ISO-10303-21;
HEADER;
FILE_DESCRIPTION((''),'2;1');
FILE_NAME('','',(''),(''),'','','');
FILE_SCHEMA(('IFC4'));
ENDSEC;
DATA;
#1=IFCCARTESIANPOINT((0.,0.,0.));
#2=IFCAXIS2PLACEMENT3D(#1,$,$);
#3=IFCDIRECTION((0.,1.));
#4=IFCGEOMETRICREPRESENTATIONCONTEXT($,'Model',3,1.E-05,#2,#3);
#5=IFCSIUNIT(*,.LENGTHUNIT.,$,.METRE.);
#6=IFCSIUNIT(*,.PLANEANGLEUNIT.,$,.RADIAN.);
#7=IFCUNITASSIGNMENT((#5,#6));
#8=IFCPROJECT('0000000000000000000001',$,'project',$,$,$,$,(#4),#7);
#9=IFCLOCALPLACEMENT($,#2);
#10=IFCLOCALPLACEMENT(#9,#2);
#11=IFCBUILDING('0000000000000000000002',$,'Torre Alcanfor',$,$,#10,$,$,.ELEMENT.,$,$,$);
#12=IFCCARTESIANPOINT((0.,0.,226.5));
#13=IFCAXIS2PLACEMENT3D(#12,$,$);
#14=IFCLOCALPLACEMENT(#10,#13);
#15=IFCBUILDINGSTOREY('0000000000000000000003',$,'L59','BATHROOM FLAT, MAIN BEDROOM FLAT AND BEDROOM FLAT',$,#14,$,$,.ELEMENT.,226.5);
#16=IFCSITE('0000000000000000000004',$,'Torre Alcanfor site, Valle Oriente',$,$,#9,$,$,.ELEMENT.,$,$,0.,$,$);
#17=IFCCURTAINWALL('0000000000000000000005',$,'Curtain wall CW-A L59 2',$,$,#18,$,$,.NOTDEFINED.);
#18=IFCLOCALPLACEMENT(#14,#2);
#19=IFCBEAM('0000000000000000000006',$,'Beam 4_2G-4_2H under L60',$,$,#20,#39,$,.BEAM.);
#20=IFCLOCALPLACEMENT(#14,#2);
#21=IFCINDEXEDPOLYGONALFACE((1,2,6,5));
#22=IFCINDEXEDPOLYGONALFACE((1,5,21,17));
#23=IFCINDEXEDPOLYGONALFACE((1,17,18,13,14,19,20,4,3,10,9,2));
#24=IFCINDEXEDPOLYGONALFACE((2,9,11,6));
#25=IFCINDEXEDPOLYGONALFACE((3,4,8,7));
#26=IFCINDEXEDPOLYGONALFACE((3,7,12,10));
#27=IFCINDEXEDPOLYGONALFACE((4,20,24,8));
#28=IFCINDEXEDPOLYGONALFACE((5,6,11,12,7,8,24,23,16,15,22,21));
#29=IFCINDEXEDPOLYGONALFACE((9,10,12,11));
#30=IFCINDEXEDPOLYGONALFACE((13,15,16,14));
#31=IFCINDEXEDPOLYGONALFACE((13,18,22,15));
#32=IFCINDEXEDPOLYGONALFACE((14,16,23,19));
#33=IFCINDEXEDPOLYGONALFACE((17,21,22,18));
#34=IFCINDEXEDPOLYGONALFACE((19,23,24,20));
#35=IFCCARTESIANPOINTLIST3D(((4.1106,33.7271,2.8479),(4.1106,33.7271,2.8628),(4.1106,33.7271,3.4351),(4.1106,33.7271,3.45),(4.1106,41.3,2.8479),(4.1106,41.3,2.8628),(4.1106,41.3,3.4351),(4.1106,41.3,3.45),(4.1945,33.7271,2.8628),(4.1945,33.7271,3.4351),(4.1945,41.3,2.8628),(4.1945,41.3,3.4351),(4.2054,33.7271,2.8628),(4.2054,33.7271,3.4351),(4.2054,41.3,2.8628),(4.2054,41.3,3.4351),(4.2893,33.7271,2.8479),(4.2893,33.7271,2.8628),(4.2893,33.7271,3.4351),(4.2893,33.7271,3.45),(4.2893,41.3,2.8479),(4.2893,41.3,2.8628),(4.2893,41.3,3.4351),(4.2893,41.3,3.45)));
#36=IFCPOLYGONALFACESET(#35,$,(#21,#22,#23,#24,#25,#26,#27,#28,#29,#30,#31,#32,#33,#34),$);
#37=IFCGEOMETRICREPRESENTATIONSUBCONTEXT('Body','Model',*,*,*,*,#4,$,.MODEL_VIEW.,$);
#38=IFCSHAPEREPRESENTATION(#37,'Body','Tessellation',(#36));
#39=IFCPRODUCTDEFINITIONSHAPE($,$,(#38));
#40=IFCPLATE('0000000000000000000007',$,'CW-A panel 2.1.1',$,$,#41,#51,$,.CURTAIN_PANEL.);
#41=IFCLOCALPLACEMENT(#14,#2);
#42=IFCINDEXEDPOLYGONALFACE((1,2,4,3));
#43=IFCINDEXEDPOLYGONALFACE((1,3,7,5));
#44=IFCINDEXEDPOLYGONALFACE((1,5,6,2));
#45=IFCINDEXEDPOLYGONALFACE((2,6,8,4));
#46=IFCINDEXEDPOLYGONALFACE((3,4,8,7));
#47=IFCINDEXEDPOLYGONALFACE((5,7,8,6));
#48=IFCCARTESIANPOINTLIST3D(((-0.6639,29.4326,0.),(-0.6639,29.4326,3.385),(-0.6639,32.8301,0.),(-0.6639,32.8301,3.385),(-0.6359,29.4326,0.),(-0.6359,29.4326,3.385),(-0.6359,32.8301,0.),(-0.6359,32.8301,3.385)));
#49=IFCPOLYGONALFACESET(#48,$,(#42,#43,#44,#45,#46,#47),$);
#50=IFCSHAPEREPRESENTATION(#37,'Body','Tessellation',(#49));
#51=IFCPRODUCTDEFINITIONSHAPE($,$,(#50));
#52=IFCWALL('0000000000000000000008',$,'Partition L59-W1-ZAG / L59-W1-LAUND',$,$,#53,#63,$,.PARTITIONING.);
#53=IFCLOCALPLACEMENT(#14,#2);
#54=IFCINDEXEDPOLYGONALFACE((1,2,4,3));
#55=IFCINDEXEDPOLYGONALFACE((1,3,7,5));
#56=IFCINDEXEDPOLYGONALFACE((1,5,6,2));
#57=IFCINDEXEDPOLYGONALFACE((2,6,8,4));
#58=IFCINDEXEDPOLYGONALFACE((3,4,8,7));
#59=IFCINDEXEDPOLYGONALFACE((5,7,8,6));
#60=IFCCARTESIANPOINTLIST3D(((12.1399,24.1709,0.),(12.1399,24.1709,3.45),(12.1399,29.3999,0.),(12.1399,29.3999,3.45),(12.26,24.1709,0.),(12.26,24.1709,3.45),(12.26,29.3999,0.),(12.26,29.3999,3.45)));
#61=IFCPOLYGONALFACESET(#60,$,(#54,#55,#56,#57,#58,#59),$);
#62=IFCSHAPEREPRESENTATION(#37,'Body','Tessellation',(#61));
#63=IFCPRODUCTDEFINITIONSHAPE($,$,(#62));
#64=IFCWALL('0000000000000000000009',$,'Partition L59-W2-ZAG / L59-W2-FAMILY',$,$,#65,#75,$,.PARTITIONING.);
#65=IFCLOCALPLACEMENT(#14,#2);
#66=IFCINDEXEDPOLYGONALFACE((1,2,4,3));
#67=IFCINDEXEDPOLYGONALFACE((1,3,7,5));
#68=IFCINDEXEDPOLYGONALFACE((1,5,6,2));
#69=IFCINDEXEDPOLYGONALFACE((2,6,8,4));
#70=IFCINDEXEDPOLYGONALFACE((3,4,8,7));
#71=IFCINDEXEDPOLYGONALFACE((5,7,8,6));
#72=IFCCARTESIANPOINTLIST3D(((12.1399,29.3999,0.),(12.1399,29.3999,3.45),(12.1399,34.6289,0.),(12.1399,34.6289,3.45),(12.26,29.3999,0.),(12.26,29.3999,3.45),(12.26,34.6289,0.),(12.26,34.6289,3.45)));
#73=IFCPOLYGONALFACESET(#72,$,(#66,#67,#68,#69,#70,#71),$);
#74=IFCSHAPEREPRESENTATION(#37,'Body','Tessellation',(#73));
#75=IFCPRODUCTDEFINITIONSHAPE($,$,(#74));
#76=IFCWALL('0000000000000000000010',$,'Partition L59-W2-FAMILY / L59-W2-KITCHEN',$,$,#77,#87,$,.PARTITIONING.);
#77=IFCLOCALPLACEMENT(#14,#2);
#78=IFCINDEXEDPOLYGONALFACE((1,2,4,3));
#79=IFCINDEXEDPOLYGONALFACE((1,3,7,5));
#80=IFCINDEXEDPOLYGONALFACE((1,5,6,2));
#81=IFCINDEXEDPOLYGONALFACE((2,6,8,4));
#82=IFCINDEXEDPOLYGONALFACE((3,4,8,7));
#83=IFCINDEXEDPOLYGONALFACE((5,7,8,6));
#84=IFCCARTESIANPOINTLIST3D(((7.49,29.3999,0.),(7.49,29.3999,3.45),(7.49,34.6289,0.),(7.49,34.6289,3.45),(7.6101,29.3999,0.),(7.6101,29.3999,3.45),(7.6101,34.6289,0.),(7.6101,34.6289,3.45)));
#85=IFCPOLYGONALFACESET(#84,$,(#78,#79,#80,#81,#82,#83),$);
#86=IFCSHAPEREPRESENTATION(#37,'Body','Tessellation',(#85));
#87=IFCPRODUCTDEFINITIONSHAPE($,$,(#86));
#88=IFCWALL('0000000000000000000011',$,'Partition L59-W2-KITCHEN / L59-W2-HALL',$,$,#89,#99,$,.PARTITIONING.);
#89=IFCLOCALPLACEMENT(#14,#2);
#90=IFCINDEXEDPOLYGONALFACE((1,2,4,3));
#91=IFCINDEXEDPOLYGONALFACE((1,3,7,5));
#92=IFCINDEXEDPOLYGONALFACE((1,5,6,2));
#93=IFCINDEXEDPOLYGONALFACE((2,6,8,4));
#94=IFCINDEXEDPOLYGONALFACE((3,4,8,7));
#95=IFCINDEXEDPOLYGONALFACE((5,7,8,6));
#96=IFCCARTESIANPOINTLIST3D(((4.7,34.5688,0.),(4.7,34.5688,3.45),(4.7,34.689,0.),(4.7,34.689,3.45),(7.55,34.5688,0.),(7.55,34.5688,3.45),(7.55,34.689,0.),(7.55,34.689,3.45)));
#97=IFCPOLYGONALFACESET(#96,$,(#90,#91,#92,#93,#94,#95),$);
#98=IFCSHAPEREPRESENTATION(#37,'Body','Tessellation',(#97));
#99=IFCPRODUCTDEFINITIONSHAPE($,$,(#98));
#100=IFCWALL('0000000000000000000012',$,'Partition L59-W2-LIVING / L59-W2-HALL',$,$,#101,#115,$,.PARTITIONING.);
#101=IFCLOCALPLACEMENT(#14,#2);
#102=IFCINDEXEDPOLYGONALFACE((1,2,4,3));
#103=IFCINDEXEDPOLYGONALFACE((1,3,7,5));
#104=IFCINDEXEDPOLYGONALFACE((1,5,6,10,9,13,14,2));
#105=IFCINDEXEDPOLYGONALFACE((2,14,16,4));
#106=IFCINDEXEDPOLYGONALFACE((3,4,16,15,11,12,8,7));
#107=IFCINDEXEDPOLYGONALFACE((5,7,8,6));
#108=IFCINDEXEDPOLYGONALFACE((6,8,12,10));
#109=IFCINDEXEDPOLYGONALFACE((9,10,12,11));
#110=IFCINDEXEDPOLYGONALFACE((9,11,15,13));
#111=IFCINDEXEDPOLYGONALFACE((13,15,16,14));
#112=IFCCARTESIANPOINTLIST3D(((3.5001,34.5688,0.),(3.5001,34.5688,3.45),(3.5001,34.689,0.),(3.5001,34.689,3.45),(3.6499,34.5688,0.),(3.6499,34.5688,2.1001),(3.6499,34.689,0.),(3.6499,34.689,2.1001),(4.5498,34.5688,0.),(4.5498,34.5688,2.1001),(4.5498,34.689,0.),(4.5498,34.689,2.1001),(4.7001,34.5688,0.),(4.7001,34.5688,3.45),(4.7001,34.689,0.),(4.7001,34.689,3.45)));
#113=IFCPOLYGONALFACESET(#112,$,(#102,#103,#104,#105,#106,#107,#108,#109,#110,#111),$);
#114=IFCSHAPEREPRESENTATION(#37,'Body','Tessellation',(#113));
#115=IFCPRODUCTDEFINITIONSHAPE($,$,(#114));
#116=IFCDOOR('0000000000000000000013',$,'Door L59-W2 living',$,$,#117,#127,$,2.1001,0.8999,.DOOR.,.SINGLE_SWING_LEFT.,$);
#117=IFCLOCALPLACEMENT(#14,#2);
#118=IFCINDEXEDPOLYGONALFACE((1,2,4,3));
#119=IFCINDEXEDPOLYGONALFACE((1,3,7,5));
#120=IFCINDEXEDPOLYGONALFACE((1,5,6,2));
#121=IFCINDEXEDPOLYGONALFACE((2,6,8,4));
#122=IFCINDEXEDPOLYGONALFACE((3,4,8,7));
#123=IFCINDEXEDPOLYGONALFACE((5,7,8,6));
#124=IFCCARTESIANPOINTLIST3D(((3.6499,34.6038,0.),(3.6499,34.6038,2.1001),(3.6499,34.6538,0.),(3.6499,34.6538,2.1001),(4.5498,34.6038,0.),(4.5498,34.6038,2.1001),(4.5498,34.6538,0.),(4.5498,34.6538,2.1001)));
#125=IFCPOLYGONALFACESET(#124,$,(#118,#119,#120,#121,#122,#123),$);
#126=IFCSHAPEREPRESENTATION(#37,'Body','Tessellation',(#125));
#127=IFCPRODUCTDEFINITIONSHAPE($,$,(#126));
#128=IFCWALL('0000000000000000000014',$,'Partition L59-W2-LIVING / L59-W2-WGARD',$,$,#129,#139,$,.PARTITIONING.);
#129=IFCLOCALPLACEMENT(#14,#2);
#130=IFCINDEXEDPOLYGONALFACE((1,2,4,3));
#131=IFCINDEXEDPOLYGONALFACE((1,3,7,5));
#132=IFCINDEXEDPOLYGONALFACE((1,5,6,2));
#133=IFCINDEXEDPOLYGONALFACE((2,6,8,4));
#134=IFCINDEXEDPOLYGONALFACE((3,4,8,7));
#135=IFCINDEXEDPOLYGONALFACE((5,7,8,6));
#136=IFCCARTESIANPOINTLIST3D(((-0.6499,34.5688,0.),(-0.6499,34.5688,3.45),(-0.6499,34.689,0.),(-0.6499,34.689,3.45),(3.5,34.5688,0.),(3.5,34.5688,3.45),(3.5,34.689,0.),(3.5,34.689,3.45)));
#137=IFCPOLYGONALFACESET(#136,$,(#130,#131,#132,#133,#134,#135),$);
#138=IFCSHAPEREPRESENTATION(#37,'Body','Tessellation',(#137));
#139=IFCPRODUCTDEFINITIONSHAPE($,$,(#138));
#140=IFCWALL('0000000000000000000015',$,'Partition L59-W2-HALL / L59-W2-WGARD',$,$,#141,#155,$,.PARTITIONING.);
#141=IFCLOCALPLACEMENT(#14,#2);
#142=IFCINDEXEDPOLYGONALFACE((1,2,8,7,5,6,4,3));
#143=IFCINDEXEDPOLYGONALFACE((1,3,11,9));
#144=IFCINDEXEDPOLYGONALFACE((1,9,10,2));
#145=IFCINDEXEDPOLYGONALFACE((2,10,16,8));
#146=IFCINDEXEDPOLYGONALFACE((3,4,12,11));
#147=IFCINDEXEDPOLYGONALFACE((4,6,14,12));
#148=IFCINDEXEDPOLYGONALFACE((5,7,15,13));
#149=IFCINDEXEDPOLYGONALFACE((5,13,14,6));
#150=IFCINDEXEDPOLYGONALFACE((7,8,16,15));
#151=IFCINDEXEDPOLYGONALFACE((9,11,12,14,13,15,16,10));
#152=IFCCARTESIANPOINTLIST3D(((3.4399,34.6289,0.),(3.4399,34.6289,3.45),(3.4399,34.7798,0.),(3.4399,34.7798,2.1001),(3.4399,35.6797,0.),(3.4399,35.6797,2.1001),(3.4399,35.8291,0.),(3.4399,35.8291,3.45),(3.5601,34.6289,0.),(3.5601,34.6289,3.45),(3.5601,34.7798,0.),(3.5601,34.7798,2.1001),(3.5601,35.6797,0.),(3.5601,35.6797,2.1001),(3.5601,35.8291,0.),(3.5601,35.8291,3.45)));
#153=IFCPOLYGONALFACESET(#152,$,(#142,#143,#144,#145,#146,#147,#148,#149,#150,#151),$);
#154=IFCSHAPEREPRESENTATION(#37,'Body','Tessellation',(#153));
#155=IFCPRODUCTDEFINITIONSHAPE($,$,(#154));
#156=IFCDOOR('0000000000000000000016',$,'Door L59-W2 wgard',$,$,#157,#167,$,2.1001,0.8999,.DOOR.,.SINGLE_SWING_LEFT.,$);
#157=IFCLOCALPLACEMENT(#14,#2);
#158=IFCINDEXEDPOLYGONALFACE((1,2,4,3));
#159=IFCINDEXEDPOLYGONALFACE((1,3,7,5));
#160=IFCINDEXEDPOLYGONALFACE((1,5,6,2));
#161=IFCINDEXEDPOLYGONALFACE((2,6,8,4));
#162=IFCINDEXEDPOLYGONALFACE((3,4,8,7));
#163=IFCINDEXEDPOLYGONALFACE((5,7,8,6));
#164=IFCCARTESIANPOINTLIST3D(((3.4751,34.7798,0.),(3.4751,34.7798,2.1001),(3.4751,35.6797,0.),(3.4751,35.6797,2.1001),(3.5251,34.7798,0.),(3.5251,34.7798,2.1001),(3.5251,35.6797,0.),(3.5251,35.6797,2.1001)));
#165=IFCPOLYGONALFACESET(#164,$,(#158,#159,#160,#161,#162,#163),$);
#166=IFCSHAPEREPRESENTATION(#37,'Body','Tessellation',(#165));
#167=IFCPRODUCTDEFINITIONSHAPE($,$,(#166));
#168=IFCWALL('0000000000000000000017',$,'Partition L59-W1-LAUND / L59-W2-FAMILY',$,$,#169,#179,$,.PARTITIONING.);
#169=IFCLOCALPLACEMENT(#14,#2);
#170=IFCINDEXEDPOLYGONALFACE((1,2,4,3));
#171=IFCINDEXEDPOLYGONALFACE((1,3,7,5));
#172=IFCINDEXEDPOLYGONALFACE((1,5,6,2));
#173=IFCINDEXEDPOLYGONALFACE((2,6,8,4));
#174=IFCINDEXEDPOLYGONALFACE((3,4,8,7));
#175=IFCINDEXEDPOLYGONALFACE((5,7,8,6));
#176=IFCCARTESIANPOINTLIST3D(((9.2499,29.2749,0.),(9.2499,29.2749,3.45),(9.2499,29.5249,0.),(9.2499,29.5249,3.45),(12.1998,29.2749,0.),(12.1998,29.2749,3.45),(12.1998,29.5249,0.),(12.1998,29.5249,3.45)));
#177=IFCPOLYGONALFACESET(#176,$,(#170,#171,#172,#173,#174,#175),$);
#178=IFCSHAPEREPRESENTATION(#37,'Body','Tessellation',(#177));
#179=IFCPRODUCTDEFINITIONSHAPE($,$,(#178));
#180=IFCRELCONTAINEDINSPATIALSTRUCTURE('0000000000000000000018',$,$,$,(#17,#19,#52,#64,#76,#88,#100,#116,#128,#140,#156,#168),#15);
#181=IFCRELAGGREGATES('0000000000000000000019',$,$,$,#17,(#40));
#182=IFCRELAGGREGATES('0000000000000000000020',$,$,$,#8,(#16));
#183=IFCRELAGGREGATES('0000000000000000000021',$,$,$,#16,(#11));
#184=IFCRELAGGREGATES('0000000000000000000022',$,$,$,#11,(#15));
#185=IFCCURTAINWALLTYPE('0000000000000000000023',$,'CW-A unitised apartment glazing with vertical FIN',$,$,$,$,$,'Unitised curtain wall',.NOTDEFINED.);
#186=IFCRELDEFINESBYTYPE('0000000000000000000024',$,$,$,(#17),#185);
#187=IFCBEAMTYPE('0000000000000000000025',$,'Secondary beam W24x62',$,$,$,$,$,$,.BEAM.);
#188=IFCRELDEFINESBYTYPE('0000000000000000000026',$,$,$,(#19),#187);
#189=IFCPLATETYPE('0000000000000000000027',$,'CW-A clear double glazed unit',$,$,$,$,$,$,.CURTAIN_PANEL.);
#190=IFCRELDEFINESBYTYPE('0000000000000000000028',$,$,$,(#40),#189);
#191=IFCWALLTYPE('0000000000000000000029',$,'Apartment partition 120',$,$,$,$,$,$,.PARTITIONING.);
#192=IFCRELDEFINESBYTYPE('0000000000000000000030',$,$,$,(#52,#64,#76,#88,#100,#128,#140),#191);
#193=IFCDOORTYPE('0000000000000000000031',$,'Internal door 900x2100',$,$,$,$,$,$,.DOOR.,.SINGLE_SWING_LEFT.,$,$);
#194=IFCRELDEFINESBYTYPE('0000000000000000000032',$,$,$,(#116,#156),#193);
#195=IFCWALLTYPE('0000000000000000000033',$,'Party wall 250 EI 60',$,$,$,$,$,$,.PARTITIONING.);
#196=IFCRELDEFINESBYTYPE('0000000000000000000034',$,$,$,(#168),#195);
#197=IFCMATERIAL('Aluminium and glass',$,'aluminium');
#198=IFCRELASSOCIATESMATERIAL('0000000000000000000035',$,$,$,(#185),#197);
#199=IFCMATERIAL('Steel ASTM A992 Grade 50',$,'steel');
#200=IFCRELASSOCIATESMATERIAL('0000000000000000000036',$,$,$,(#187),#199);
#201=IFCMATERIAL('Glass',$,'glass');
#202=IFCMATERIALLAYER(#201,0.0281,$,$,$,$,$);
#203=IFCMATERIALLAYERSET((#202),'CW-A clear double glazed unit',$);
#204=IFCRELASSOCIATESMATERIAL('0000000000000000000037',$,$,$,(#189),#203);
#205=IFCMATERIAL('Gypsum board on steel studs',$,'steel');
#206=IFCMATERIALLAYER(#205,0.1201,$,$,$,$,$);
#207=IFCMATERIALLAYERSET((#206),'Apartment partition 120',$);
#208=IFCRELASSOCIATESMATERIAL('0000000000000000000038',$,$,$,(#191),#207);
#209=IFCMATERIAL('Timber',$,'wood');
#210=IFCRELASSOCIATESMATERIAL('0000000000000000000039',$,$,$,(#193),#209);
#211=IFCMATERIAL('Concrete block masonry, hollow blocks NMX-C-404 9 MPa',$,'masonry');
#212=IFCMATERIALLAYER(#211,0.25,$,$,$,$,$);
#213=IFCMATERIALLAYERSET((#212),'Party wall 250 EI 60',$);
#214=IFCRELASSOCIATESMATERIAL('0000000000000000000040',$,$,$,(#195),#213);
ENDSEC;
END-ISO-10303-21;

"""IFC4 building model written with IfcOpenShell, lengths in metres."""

from ifc_helpers import new_model, si_unit, direction, frame, frame_2d, origin, origin_2d, place, context, subcontext, project, spatial, rectangle, i_section, extrude, material, layer, layer_set, material_profile, profile_set, type_object, element, fill, aggregate, save


model = new_model("IFC4")

# Units and contexts
model_context = context("Model", 3, precision=1e-05, world=origin(), true_north=direction((0.0, 1.0)))
body_context = subcontext(model_context, "Body", "Model", "MODEL_VIEW")
ifc_project = project(units=[si_unit("LENGTHUNIT", "METRE"), si_unit("PLANEANGLEUNIT", "RADIAN")], contexts=[model_context])

# Site, building, storey
site_placement = place(None, origin())
site = spatial("IfcSite", under=ifc_project, at=site_placement, Name="Torre Alcanfor site, Valle Oriente", CompositionType="ELEMENT", RefElevation=0.0)
building_placement = place(site_placement, origin())
building = spatial("IfcBuilding", under=site, at=building_placement, Name="Torre Alcanfor", CompositionType="ELEMENT")
storey_placement = place(building_placement, frame((0.0, 0.0, 226.5)))
storey = spatial("IfcBuildingStorey", under=building, at=storey_placement, Name="L59", Description="BATHROOM FLAT, MAIN BEDROOM FLAT AND BEDROOM FLAT", CompositionType="ELEMENT", Elevation=226.5)

# Curtain wall
ifc_material_1 = material(Name="Aluminium and glass", Category="aluminium")
curtain_wall_type = type_object("IfcCurtainWallType", Name="CW-A unitised apartment glazing with vertical FIN", ElementType="Unitised curtain wall", PredefinedType="NOTDEFINED", material=ifc_material_1)
curtain_wall_placement = place(storey_placement, origin())
curtain_wall = element("IfcCurtainWall", 1, at=curtain_wall_placement, inside=storey, type_object=curtain_wall_type, Name="Curtain wall CW-A L59 2", PredefinedType="NOTDEFINED")

# Beam
ifc_material_2 = material(Name="Steel ASTM A992 Grade 50", Category="steel")
ifc_material_profile_1 = material_profile(ifc_material_2, i_section(OverallWidth=0.1787, OverallDepth=0.6021, WebThickness=0.011, FlangeThickness=0.0149, at=origin_2d()), Name="W24x62")
ifc_profile_set_1 = profile_set([ifc_material_profile_1], Name="Steel ASTM A992 Grade 50")
beam_type_1 = type_object("IfcBeamType", Name="Secondary beam W24x62", PredefinedType="BEAM", material=ifc_profile_set_1)
beam_1_placement = place(storey_placement, frame((4.2, 33.7271, 3.1489), z_axis=(0.0, 1.0, 0.0), x_axis=(-1.0, 0.0, 0.0)))
element("IfcBeam", 2, at=beam_1_placement, inside=storey, type_object=beam_type_1, Name="Beam 4_2G-4_2H under L60", PredefinedType="BEAM", context=body_context, shape_type="SweptSolid", body=[
    extrude(i_section(OverallWidth=0.1787, OverallDepth=0.6021, WebThickness=0.011, FlangeThickness=0.0149, at=origin_2d()), origin(), (0.0, 0.0, 1.0), 7.573),
])

# Plate
ifc_material_3 = material(Name="Glass", Category="glass")
ifc_layer_1 = layer(ifc_material_3, 0.0281)
ifc_layer_set_1 = layer_set([ifc_layer_1], Name="CW-A clear double glazed unit")
plate_type = type_object("IfcPlateType", Name="CW-A clear double glazed unit", PredefinedType="CURTAIN_PANEL", material=ifc_layer_set_1)
plate_placement = place(storey_placement, frame((-0.6499, 31.1313, 0.0), z_axis=(0.0, 0.0, 1.0), x_axis=(0.0, -1.0, 0.0)))
plate = element("IfcPlate", 3, at=plate_placement, type_object=plate_type, Name="CW-A panel 2.1.1", PredefinedType="CURTAIN_PANEL", context=body_context, shape_type="SweptSolid", body=[
    extrude(rectangle(XDim=3.3975, YDim=0.0281, at=origin_2d()), origin(), (0.0, 0.0, 1.0), 3.385),
])
aggregate(curtain_wall, [plate])

# Walls
ifc_material_4 = material(Name="Gypsum board on steel studs", Category="steel")
ifc_layer_2 = layer(ifc_material_4, 0.1201)
ifc_layer_set_2 = layer_set([ifc_layer_2], Name="Apartment partition 120")
wall_type_1 = type_object("IfcWallType", Name="Apartment partition 120", PredefinedType="PARTITIONING", material=ifc_layer_set_2)
for number, where, z_axis, x_axis, name in (
    (4, (12.2, 29.3999, 0.0), (0.0, 0.0, 1.0), (0.0, -1.0, 0.0), "Partition L59-W1-ZAG / L59-W1-LAUND"),
    (5, (12.2, 29.3999, 0.0), (0.0, 0.0, 1.0), (0.0, 1.0, 0.0), "Partition L59-W2-ZAG / L59-W2-FAMILY"),
    (6, (7.55, 29.3999, 0.0), (0.0, 0.0, 1.0), (0.0, 1.0, 0.0), "Partition L59-W2-FAMILY / L59-W2-KITCHEN"),
):
    element("IfcWall", number, at=place(storey_placement, frame(where, z_axis=z_axis, x_axis=x_axis)), inside=storey, type_object=wall_type_1, Name=name, PredefinedType="PARTITIONING", context=body_context, shape_type="SweptSolid", body=[
        extrude(rectangle(XDim=5.229, YDim=0.1201, at=frame_2d((2.6145, 0.0))), origin(), (0.0, 0.0, 1.0), 3.45),
    ])
wall_1_placement = place(storey_placement, frame((4.7, 34.6289, 0.0), z_axis=(0.0, 0.0, 1.0), x_axis=(1.0, 0.0, 0.0)))
element("IfcWall", 7, at=wall_1_placement, inside=storey, type_object=wall_type_1, Name="Partition L59-W2-KITCHEN / L59-W2-HALL", PredefinedType="PARTITIONING", context=body_context, shape_type="SweptSolid", body=[
    extrude(rectangle(XDim=2.8501, YDim=0.1201, at=frame_2d((1.425, 0.0))), origin(), (0.0, 0.0, 1.0), 3.45),
])

# Wall, opening, door
wall_2_placement = place(storey_placement, frame((3.5, 34.6289, 0.0), z_axis=(0.0, 0.0, 1.0), x_axis=(1.0, 0.0, 0.0)))
wall_2 = element("IfcWall", 8, at=wall_2_placement, inside=storey, type_object=wall_type_1, Name="Partition L59-W2-LIVING / L59-W2-HALL", PredefinedType="PARTITIONING", context=body_context, shape_type="SweptSolid", body=[
    extrude(rectangle(XDim=1.2, YDim=0.1201, at=frame_2d((0.6001, 0.0))), origin(), (0.0, 0.0, 1.0), 3.45),
])
opening_1_placement = place(wall_2_placement, frame((0.1499, 0.0, 0.0)))
opening_1 = element("IfcOpeningElement", 9, at=opening_1_placement, cuts=wall_2, PredefinedType="OPENING", context=body_context, shape_type="SweptSolid", body=[
    extrude(rectangle(XDim=0.8999, YDim=2.1001, at=frame_2d((0.45, 1.05))), frame((0.0, 0.0701, 0.0), z_axis=(0.0, -1.0, 0.0), x_axis=(1.0, 0.0, 0.0)), (0.0, 0.0, 1.0), 0.1401),
])
ifc_material_5 = material(Name="Timber", Category="wood")
door_type = type_object("IfcDoorType", Name="Internal door 900x2100", OperationType="SINGLE_SWING_LEFT", PredefinedType="DOOR", material=ifc_material_5)
door_1_placement = place(opening_1_placement, frame((0.8999, 0.0, 0.0), z_axis=(0.0, 0.0, 1.0), x_axis=(-1.0, 0.0, 0.0)))
door_1 = element("IfcDoor", 10, at=door_1_placement, inside=storey, type_object=door_type, Name="Door L59-W2 living", OperationType="SINGLE_SWING_LEFT", OverallHeight=2.1001, OverallWidth=0.8999, PredefinedType="DOOR", context=body_context, shape_type="SweptSolid", body=[
    extrude(rectangle(XDim=0.8999, YDim=2.1001, at=frame_2d((0.45, 1.05))), frame((0.0, 0.0251, 0.0), z_axis=(0.0, -1.0, 0.0), x_axis=(1.0, 0.0, 0.0)), (0.0, 0.0, 1.0), 0.05),
])
fill(opening_1, door_1)

# Wall
wall_3_placement = place(storey_placement, frame((-0.6499, 34.6289, 0.0), z_axis=(0.0, 0.0, 1.0), x_axis=(1.0, 0.0, 0.0)))
element("IfcWall", 11, at=wall_3_placement, inside=storey, type_object=wall_type_1, Name="Partition L59-W2-LIVING / L59-W2-WGARD", PredefinedType="PARTITIONING", context=body_context, shape_type="SweptSolid", body=[
    extrude(rectangle(XDim=4.1499, YDim=0.1201, at=frame_2d((2.075, 0.0))), origin(), (0.0, 0.0, 1.0), 3.45),
])

# Wall, opening, door
wall_4_placement = place(storey_placement, frame((3.5, 34.6289, 0.0), z_axis=(0.0, 0.0, 1.0), x_axis=(0.0, 1.0, 0.0)))
wall_4 = element("IfcWall", 12, at=wall_4_placement, inside=storey, type_object=wall_type_1, Name="Partition L59-W2-HALL / L59-W2-WGARD", PredefinedType="PARTITIONING", context=body_context, shape_type="SweptSolid", body=[
    extrude(rectangle(XDim=1.2002, YDim=0.1201, at=frame_2d((0.6001, 0.0))), origin(), (0.0, 0.0, 1.0), 3.45),
])
opening_2_placement = place(wall_4_placement, frame((0.1509, 0.0, 0.0)))
opening_2 = element("IfcOpeningElement", 13, at=opening_2_placement, cuts=wall_4, PredefinedType="OPENING", context=body_context, shape_type="SweptSolid", body=[
    extrude(rectangle(XDim=0.8999, YDim=2.1001, at=frame_2d((0.45, 1.05))), frame((0.0, 0.0701, 0.0), z_axis=(0.0, -1.0, 0.0), x_axis=(1.0, 0.0, 0.0)), (0.0, 0.0, 1.0), 0.1401),
])
door_2_placement = place(opening_2_placement, origin())
door_2 = element("IfcDoor", 14, at=door_2_placement, inside=storey, type_object=door_type, Name="Door L59-W2 wgard", OperationType="SINGLE_SWING_LEFT", OverallHeight=2.1001, OverallWidth=0.8999, PredefinedType="DOOR", context=body_context, shape_type="SweptSolid", body=[
    extrude(rectangle(XDim=0.8999, YDim=2.1001, at=frame_2d((0.45, 1.05))), frame((0.0, 0.0249, 0.0), z_axis=(0.0, -1.0, 0.0), x_axis=(1.0, 0.0, 0.0)), (0.0, 0.0, 1.0), 0.05),
])
fill(opening_2, door_2)

# Wall
ifc_material_6 = material(Name="Concrete block masonry, hollow blocks NMX-C-404 9 MPa", Category="masonry")
ifc_layer_3 = layer(ifc_material_6, 0.25)
ifc_layer_set_3 = layer_set([ifc_layer_3], Name="Party wall 250 EI 60")
wall_type_2 = type_object("IfcWallType", Name="Party wall 250 EI 60", PredefinedType="PARTITIONING", material=ifc_layer_set_3)
wall_5_placement = place(storey_placement, frame((12.2, 29.3999, 0.0), z_axis=(0.0, 0.0, 1.0), x_axis=(-1.0, 0.0, 0.0)))
element("IfcWall", 15, at=wall_5_placement, inside=storey, type_object=wall_type_2, Name="Partition L59-W1-LAUND / L59-W2-FAMILY", PredefinedType="PARTITIONING", context=body_context, shape_type="SweptSolid", body=[
    extrude(rectangle(XDim=2.95, YDim=0.25, at=frame_2d((1.4751, 0.0))), origin(), (0.0, 0.0, 1.0), 3.45),
])

save(model, "model.ifc")
